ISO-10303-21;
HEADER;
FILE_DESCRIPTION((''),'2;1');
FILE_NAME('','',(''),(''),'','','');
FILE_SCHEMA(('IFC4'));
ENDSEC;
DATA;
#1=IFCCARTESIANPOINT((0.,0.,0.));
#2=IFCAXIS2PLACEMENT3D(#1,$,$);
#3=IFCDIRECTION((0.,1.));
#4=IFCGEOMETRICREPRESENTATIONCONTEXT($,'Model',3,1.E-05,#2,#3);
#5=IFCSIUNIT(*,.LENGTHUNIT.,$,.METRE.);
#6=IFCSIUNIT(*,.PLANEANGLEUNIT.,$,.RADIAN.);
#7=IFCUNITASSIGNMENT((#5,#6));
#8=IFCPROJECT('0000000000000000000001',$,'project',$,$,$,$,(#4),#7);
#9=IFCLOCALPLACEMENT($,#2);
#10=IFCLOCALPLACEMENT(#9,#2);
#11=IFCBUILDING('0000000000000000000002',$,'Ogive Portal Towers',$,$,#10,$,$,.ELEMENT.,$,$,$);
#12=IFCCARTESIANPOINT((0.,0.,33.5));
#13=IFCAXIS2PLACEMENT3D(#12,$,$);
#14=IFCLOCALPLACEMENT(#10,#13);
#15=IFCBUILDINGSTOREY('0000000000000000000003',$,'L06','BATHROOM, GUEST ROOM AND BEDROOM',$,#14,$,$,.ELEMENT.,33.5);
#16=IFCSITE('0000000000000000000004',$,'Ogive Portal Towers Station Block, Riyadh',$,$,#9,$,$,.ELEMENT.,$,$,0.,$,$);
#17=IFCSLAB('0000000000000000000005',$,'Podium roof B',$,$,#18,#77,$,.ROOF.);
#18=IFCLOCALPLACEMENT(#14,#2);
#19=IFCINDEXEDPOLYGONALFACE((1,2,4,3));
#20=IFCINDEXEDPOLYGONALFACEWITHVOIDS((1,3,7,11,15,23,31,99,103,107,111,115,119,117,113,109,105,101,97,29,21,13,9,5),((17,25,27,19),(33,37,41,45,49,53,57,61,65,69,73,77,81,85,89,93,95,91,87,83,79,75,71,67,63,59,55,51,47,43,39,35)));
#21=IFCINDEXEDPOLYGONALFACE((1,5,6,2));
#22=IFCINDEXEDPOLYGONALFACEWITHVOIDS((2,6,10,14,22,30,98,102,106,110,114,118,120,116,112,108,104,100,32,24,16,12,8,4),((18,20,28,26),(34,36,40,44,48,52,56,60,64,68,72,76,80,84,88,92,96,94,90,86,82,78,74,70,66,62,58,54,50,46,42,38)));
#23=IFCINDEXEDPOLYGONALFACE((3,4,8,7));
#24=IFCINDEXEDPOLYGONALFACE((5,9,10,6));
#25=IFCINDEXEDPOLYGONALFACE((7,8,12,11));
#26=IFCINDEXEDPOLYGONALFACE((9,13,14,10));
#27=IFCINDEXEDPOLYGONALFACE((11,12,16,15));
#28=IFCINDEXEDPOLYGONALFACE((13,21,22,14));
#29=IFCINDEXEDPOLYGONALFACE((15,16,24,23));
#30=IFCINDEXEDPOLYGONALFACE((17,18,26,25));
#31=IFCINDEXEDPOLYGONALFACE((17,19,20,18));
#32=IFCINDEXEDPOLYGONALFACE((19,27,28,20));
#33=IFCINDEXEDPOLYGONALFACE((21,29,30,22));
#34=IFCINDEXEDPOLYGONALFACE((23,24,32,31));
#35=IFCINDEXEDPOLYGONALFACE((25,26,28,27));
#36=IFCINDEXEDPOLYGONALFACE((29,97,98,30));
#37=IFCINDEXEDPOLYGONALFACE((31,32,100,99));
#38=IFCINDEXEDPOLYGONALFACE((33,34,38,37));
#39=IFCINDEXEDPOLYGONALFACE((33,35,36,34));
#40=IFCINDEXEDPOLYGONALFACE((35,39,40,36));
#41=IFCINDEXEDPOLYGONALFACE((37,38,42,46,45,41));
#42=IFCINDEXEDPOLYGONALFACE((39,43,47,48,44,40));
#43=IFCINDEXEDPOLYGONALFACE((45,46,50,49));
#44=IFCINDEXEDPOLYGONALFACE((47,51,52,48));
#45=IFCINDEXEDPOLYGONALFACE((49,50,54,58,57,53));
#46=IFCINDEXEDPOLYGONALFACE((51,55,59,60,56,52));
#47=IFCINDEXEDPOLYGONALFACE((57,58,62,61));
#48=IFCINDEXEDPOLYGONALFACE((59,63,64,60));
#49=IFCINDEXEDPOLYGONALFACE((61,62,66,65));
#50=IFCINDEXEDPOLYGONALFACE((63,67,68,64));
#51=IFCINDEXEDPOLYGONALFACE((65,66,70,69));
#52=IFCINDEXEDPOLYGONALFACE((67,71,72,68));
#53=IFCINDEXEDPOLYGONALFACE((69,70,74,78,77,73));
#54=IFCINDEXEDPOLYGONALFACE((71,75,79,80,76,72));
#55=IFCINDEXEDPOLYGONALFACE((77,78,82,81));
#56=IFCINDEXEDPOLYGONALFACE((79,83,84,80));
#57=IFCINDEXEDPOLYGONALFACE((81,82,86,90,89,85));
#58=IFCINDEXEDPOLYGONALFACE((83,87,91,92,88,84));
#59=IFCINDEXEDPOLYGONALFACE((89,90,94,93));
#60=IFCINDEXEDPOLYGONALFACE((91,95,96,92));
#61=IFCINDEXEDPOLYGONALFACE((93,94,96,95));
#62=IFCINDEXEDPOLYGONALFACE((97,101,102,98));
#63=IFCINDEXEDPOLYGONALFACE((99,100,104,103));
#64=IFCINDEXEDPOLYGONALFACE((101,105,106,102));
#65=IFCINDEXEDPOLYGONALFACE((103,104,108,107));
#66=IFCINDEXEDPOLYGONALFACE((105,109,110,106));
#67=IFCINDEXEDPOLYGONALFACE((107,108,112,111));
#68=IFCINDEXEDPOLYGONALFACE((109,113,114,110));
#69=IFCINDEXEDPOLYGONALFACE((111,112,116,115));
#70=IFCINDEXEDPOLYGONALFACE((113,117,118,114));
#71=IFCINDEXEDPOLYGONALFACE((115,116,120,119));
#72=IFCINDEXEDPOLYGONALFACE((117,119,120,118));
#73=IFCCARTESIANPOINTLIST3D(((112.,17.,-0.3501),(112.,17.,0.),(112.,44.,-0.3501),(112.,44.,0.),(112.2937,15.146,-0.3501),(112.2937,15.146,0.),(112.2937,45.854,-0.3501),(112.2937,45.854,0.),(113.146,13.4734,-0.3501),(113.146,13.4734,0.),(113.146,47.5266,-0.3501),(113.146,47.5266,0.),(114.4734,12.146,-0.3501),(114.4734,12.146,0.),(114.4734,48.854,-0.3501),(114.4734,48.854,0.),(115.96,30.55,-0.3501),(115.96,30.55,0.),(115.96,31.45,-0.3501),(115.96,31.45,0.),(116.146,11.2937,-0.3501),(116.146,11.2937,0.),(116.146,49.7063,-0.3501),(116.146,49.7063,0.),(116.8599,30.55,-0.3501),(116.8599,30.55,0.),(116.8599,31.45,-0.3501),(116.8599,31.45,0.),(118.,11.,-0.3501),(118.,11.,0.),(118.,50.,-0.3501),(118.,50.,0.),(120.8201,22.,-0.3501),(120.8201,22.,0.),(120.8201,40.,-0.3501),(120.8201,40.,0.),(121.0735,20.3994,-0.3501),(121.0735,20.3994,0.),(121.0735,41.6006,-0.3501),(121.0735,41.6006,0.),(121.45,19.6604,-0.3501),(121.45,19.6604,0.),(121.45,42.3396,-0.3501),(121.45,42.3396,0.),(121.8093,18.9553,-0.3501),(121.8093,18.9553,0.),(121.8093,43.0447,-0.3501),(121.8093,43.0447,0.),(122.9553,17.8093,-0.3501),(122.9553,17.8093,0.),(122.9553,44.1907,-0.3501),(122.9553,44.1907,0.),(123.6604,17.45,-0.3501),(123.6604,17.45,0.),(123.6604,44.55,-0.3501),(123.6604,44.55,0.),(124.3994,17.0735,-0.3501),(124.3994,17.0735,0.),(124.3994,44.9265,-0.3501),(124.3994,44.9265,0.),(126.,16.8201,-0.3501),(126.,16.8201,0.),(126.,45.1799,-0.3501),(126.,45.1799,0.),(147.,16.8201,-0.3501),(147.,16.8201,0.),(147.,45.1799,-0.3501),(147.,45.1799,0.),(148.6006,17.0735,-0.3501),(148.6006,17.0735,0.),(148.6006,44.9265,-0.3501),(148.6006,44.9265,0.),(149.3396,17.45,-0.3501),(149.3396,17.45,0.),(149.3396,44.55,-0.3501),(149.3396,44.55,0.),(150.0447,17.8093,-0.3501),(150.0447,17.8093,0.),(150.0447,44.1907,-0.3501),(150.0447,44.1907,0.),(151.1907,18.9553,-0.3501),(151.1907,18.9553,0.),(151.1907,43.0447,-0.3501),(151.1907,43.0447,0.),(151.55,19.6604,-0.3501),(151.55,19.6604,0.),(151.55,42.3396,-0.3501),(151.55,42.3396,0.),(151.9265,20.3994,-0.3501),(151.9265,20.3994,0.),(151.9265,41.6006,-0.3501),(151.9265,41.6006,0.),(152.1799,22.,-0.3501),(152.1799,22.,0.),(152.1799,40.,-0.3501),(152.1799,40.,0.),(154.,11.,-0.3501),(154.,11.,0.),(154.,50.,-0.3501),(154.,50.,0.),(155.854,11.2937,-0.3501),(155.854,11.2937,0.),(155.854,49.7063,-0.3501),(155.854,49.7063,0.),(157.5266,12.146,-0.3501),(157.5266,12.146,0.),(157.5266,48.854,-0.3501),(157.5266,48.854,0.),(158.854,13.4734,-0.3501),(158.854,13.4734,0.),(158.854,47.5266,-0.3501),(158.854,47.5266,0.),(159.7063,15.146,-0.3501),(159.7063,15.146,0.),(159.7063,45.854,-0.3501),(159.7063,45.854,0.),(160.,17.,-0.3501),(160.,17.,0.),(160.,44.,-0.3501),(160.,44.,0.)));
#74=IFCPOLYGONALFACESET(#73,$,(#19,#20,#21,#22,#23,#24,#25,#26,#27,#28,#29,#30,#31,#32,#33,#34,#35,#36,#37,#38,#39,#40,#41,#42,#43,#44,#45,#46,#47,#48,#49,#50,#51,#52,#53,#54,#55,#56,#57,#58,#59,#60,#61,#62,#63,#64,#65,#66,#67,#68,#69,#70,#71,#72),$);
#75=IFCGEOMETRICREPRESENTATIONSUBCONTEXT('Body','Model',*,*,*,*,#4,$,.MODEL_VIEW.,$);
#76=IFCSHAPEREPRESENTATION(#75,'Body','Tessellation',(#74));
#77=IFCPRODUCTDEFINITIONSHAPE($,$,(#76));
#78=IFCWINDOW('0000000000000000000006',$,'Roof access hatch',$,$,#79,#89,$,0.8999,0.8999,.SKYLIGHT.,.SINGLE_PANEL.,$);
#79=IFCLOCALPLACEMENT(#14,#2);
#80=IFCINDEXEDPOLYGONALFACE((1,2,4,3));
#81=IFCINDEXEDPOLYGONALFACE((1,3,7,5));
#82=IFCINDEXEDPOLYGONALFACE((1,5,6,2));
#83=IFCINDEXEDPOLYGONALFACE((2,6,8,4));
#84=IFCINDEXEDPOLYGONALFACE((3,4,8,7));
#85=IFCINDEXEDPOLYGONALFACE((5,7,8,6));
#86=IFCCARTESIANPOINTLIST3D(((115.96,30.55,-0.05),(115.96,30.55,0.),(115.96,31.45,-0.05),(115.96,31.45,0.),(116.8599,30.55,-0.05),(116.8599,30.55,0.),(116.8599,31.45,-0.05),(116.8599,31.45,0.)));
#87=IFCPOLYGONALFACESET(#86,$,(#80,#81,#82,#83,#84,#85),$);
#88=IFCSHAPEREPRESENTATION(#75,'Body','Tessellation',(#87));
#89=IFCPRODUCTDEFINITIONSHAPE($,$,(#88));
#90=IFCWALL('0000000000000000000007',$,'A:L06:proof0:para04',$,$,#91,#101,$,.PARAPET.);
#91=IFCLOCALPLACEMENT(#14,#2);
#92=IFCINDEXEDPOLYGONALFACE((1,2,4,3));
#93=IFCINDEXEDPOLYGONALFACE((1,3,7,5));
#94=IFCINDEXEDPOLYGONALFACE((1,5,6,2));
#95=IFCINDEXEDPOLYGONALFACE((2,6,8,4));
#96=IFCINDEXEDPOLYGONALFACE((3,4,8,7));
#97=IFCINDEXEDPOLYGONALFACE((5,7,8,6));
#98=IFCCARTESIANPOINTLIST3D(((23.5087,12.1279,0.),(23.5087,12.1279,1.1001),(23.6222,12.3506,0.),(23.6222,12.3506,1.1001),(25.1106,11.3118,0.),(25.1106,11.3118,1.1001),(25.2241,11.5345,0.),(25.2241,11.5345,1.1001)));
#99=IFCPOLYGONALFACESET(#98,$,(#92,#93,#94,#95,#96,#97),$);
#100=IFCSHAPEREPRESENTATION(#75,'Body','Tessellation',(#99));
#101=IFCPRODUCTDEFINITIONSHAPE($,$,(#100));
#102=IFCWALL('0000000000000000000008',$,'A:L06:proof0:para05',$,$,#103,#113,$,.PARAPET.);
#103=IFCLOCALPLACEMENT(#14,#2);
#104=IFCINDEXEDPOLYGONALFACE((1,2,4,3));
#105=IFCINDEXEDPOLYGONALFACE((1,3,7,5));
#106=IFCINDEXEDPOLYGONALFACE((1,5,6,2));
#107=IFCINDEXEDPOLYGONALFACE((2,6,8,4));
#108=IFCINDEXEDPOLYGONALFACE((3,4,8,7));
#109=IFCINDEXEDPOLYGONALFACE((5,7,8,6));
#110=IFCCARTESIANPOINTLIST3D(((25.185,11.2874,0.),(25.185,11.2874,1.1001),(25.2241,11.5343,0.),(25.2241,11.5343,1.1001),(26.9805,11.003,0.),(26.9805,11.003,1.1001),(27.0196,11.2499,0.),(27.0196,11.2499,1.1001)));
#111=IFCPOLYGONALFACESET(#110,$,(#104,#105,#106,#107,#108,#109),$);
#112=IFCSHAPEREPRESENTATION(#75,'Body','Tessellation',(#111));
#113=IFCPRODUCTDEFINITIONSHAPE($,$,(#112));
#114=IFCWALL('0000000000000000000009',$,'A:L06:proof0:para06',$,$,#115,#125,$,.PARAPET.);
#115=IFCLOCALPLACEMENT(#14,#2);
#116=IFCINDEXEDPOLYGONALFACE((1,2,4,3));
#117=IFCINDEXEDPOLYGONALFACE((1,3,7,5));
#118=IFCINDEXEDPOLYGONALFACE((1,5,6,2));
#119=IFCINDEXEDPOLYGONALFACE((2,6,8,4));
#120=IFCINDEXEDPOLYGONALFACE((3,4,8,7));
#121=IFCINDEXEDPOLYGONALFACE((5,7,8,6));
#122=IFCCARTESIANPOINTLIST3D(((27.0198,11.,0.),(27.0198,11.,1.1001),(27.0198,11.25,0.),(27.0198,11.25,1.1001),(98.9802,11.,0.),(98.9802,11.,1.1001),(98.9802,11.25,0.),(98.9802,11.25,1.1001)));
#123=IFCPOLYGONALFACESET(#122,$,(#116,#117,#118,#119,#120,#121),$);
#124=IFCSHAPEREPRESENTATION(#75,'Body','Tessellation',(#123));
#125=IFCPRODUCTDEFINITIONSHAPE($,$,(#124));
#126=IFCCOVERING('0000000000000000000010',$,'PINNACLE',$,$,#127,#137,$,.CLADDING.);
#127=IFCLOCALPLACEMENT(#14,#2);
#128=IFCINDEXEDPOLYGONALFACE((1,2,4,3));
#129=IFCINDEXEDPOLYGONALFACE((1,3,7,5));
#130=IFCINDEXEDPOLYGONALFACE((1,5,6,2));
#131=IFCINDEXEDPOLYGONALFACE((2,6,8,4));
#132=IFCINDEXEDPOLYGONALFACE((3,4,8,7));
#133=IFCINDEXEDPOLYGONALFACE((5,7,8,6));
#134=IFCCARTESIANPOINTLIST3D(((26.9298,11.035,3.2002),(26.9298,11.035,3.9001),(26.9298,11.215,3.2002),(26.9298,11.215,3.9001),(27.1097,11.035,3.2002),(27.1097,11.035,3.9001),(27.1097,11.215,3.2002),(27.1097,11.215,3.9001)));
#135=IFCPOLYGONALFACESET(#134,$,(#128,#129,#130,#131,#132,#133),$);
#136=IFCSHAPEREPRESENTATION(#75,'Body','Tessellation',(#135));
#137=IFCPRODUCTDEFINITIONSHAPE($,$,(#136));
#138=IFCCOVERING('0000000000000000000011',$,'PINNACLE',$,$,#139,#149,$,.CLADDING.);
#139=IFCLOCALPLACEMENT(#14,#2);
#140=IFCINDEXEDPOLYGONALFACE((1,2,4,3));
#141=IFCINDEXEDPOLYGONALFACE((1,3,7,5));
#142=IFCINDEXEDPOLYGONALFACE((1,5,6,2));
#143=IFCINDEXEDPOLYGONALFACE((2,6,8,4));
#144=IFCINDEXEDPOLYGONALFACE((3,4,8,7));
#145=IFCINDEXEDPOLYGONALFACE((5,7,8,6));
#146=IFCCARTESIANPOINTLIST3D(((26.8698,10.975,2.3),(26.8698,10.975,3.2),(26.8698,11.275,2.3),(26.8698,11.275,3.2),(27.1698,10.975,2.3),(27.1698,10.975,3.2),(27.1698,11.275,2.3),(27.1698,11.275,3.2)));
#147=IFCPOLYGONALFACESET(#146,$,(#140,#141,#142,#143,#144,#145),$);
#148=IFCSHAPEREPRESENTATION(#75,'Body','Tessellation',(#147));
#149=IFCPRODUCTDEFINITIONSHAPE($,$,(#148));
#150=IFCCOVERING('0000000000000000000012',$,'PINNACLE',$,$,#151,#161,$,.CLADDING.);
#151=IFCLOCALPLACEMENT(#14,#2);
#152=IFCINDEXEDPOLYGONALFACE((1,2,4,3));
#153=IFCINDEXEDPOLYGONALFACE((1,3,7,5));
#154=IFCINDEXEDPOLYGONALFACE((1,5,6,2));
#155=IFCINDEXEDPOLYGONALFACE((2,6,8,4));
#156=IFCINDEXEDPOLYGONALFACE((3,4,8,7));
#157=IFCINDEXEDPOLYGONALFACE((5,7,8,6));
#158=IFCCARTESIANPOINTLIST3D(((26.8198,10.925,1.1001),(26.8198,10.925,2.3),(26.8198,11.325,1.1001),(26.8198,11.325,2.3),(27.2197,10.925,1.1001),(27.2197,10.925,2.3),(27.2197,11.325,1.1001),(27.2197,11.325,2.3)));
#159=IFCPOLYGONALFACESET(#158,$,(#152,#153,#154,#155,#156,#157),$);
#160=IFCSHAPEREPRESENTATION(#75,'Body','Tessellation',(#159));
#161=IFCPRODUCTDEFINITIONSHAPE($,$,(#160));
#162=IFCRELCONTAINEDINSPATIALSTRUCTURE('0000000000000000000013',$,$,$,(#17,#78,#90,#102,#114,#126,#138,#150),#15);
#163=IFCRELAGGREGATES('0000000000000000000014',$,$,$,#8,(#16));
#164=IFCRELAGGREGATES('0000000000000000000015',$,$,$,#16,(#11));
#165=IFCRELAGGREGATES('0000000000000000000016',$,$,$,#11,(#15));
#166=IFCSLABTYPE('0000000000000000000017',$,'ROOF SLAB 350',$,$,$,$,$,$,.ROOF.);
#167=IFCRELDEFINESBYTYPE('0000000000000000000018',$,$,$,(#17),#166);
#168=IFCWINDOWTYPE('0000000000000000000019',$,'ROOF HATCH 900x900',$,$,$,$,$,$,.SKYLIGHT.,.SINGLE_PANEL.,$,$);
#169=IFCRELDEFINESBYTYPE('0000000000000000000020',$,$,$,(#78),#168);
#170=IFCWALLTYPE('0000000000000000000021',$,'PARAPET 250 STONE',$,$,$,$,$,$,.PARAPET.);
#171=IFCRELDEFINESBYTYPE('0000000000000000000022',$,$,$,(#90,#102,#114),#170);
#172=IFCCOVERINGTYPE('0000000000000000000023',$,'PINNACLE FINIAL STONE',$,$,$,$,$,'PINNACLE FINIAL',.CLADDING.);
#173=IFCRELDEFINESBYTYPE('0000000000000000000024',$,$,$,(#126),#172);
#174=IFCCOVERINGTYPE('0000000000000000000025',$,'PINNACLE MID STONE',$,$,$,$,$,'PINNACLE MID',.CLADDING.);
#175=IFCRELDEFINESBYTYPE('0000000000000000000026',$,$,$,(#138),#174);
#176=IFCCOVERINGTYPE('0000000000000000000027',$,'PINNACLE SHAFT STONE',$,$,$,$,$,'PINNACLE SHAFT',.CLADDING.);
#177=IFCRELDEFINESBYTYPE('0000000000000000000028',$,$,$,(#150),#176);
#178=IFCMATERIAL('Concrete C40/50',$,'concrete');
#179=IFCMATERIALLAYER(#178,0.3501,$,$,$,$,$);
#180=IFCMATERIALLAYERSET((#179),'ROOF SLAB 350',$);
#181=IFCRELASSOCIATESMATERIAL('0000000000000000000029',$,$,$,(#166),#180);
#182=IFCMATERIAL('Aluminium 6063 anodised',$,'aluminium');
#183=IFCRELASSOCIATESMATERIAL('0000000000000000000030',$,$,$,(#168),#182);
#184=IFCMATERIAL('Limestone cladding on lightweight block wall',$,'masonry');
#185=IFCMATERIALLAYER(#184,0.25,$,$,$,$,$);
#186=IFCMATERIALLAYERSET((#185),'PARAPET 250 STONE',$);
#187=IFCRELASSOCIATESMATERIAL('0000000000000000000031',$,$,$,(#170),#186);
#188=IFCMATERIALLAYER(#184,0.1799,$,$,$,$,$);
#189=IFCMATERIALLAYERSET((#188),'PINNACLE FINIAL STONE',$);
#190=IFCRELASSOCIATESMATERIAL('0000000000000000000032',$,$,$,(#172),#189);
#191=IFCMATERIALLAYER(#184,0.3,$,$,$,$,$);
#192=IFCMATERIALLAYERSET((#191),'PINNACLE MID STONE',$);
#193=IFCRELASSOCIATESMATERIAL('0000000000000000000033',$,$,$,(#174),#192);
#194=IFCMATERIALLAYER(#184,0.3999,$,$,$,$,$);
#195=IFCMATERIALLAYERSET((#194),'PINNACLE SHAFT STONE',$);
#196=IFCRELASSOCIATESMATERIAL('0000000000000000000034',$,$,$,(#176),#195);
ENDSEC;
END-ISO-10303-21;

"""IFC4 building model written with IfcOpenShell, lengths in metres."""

from ifc_helpers import new_model, si_unit, direction, frame, frame_2d, origin, origin_2d, place, context, subcontext, project, spatial, polyline, rectangle, outline, extrude, material, layer, layer_set, type_object, element, fill, save


model = new_model("IFC4")

# Units and contexts
model_context = context("Model", 3, precision=1e-05, world=origin(), true_north=direction((0.0, 1.0)))
body_context = subcontext(model_context, "Body", "Model", "MODEL_VIEW")
ifc_project = project(units=[si_unit("LENGTHUNIT", "METRE"), si_unit("PLANEANGLEUNIT", "RADIAN")], contexts=[model_context])

# Site, building, storey
site_placement = place(None, origin())
site = spatial("IfcSite", under=ifc_project, at=site_placement, Name="Ogive Portal Towers Station Block, Riyadh", CompositionType="ELEMENT", RefElevation=0.0)
building_placement = place(site_placement, origin())
building = spatial("IfcBuilding", under=site, at=building_placement, Name="Ogive Portal Towers", CompositionType="ELEMENT")
storey_placement = place(building_placement, frame((0.0, 0.0, 33.5)))
storey = spatial("IfcBuildingStorey", under=building, at=storey_placement, Name="L06", Description="BATHROOM, GUEST ROOM AND BEDROOM", CompositionType="ELEMENT", Elevation=33.5)

# Shared definitions
ifc_material_1 = material(Name="Concrete C40/50", Category="concrete")

# Slab, opening, window
ifc_layer_1 = layer(ifc_material_1, 0.3501)
ifc_layer_set_1 = layer_set([ifc_layer_1], Name="ROOF SLAB 350")
slab_type_1 = type_object("IfcSlabType", Name="ROOF SLAB 350", PredefinedType="ROOF", material=ifc_layer_set_1)
ifc_material_2 = material(Name="Aluminium 6063 anodised", Category="aluminium")
window_type = type_object("IfcWindowType", Name="ROOF HATCH 900x900", PartitioningType="SINGLE_PANEL", PredefinedType="SKYLIGHT", material=ifc_material_2)
slab_1_placement = place(storey_placement, frame((0.0, 0.0, -0.3501)))
slab_1 = element("IfcSlab", 1, at=slab_1_placement, inside=storey, type_object=slab_type_1, Name="Podium roof B", PredefinedType="ROOF", context=body_context, shape_type="SweptSolid", body=[
    extrude(outline(polyline([(112.2937, 45.854), (113.146, 47.5266), (114.4734, 48.854), (116.146, 49.7063), (118.0, 50.0), (154.0, 50.0), (155.854, 49.7063), (157.5266, 48.854), (158.854, 47.5266), (159.7063, 45.854), (160.0, 44.0), (160.0, 17.0), (159.7063, 15.146), (158.854, 13.4734), (157.5266, 12.146), (155.854, 11.2937), (154.0, 11.0), (118.0, 11.0), (116.146, 11.2937), (114.4734, 12.146), (113.146, 13.4734), (112.2937, 15.146), (112.0, 17.0), (112.0, 44.0), (112.2937, 45.854)]), holes=[polyline([(121.8093, 18.9553), (122.9553, 17.8093), (123.6604, 17.45), (124.3994, 17.0735), (126.0, 16.8201), (147.0, 16.8201), (148.6006, 17.0735), (149.3396, 17.45), (150.0447, 17.8093), (151.1907, 18.9553), (151.55, 19.6604), (151.9265, 20.3994), (152.1799, 22.0), (152.1799, 40.0), (151.9265, 41.6006), (151.55, 42.3396), (151.1907, 43.0447), (150.0447, 44.1907), (149.3396, 44.55), (148.6006, 44.9265), (147.0, 45.1799), (126.0, 45.1799), (124.3994, 44.9265), (123.6604, 44.55), (122.9553, 44.1907), (121.8093, 43.0447), (121.45, 42.3396), (121.0735, 41.6006), (120.8201, 40.0), (120.8201, 22.0), (121.0735, 20.3994), (121.45, 19.6604), (121.8093, 18.9553)])]), origin(), (0.0, 0.0, 1.0), 0.3501),
])
opening_1_placement = place(slab_1_placement, frame((116.4099, 31.0, 0.0)))
opening_1 = element("IfcOpeningElement", 2, at=opening_1_placement, cuts=slab_1, PredefinedType="OPENING", context=body_context, shape_type="SweptSolid", body=[
    extrude(rectangle(XDim=0.8999, YDim=0.8999, at=origin_2d()), origin(), (0.0, 0.0, 1.0), 0.3501),
])
window_1_placement = place(opening_1_placement, frame((0.0, 0.0, 0.3)))
window_1 = element("IfcWindow", 3, at=window_1_placement, inside=storey, type_object=window_type, Name="Roof access hatch", OverallHeight=0.8999, OverallWidth=0.8999, PartitioningType="SINGLE_PANEL", PredefinedType="SKYLIGHT", context=body_context, shape_type="SweptSolid", body=[
    extrude(rectangle(XDim=0.8999, YDim=0.8999, at=origin_2d()), origin(), (0.0, 0.0, 1.0), 0.05),
])
fill(opening_1, window_1)

# Walls
ifc_material_3 = material(Name="Limestone cladding on lightweight block wall", Category="masonry")
ifc_layer_2 = layer(ifc_material_3, 0.25)
ifc_layer_set_2 = layer_set([ifc_layer_2], Name="PARAPET 250 STONE")
wall_type = type_object("IfcWallType", Name="PARAPET 250 STONE", PredefinedType="PARAPET", material=ifc_layer_set_2)
wall_1_placement = place(storey_placement, frame((23.5654, 12.2393, 0.0), z_axis=(0.0, 0.0, 1.0), x_axis=(0.891034, -0.453936, 0.0)))
element("IfcWall", 4, at=wall_1_placement, inside=storey, type_object=wall_type, Name="A:L06:proof0:para04", PredefinedType="PARAPET", context=body_context, shape_type="SweptSolid", body=[
    extrude(rectangle(XDim=1.7979, YDim=0.25, at=frame_2d((0.8989, 0.0))), origin(), (0.0, 0.0, 1.0), 1.1001),
])
wall_2_placement = place(storey_placement, frame((25.2046, 11.4109, 0.0), z_axis=(0.0, 0.0, 1.0), x_axis=(0.987683, -0.156466, 0.0)))
element("IfcWall", 5, at=wall_2_placement, inside=storey, type_object=wall_type, Name="A:L06:proof0:para05", PredefinedType="PARAPET", context=body_context, shape_type="SweptSolid", body=[
    extrude(rectangle(XDim=1.8179, YDim=0.25, at=frame_2d((0.9089, 0.0))), origin(), (0.0, 0.0, 1.0), 1.1001),
])
wall_3_placement = place(storey_placement, frame((27.0198, 11.125, 0.0), z_axis=(0.0, 0.0, 1.0), x_axis=(1.0, 0.0, 0.0)))
element("IfcWall", 6, at=wall_3_placement, inside=storey, type_object=wall_type, Name="A:L06:proof0:para06", PredefinedType="PARAPET", context=body_context, shape_type="SweptSolid", body=[
    extrude(rectangle(XDim=71.9604, YDim=0.25, at=frame_2d((35.9802, 0.0))), origin(), (0.0, 0.0, 1.0), 1.1001),
])

# Coverings
ifc_layer_3 = layer(ifc_material_3, 0.1799)
ifc_layer_set_3 = layer_set([ifc_layer_3], Name="PINNACLE FINIAL STONE")
covering_type_1 = type_object("IfcCoveringType", Name="PINNACLE FINIAL STONE", ElementType="PINNACLE FINIAL", PredefinedType="CLADDING", material=ifc_layer_set_3)
covering_1_placement = place(storey_placement, frame((27.0198, 11.125, 3.2002), z_axis=(0.0, 0.0, 1.0), x_axis=(1.0, 0.0, 0.0)))
element("IfcCovering", 7, at=covering_1_placement, inside=storey, type_object=covering_type_1, Name="PINNACLE", PredefinedType="CLADDING", context=body_context, shape_type="SweptSolid", body=[
    extrude(rectangle(XDim=0.1799, YDim=0.1799, at=origin_2d()), origin(), (0.0, 0.0, 1.0), 0.7),
])
ifc_layer_4 = layer(ifc_material_3, 0.3)
ifc_layer_set_4 = layer_set([ifc_layer_4], Name="PINNACLE MID STONE")
covering_type_2 = type_object("IfcCoveringType", Name="PINNACLE MID STONE", ElementType="PINNACLE MID", PredefinedType="CLADDING", material=ifc_layer_set_4)
covering_2_placement = place(storey_placement, frame((27.0198, 11.125, 2.3), z_axis=(0.0, 0.0, 1.0), x_axis=(1.0, 0.0, 0.0)))
element("IfcCovering", 8, at=covering_2_placement, inside=storey, type_object=covering_type_2, Name="PINNACLE", PredefinedType="CLADDING", context=body_context, shape_type="SweptSolid", body=[
    extrude(rectangle(XDim=0.3, YDim=0.3, at=origin_2d()), origin(), (0.0, 0.0, 1.0), 0.8999),
])
ifc_layer_5 = layer(ifc_material_3, 0.3999)
ifc_layer_set_5 = layer_set([ifc_layer_5], Name="PINNACLE SHAFT STONE")
covering_type_3 = type_object("IfcCoveringType", Name="PINNACLE SHAFT STONE", ElementType="PINNACLE SHAFT", PredefinedType="CLADDING", material=ifc_layer_set_5)
covering_3_placement = place(storey_placement, frame((27.0198, 11.125, 1.1001), z_axis=(0.0, 0.0, 1.0), x_axis=(1.0, 0.0, 0.0)))
element("IfcCovering", 9, at=covering_3_placement, inside=storey, type_object=covering_type_3, Name="PINNACLE", PredefinedType="CLADDING", context=body_context, shape_type="SweptSolid", body=[
    extrude(rectangle(XDim=0.3999, YDim=0.3999, at=origin_2d()), origin(), (0.0, 0.0, 1.0), 1.2),
])

save(model, "model.ifc")
